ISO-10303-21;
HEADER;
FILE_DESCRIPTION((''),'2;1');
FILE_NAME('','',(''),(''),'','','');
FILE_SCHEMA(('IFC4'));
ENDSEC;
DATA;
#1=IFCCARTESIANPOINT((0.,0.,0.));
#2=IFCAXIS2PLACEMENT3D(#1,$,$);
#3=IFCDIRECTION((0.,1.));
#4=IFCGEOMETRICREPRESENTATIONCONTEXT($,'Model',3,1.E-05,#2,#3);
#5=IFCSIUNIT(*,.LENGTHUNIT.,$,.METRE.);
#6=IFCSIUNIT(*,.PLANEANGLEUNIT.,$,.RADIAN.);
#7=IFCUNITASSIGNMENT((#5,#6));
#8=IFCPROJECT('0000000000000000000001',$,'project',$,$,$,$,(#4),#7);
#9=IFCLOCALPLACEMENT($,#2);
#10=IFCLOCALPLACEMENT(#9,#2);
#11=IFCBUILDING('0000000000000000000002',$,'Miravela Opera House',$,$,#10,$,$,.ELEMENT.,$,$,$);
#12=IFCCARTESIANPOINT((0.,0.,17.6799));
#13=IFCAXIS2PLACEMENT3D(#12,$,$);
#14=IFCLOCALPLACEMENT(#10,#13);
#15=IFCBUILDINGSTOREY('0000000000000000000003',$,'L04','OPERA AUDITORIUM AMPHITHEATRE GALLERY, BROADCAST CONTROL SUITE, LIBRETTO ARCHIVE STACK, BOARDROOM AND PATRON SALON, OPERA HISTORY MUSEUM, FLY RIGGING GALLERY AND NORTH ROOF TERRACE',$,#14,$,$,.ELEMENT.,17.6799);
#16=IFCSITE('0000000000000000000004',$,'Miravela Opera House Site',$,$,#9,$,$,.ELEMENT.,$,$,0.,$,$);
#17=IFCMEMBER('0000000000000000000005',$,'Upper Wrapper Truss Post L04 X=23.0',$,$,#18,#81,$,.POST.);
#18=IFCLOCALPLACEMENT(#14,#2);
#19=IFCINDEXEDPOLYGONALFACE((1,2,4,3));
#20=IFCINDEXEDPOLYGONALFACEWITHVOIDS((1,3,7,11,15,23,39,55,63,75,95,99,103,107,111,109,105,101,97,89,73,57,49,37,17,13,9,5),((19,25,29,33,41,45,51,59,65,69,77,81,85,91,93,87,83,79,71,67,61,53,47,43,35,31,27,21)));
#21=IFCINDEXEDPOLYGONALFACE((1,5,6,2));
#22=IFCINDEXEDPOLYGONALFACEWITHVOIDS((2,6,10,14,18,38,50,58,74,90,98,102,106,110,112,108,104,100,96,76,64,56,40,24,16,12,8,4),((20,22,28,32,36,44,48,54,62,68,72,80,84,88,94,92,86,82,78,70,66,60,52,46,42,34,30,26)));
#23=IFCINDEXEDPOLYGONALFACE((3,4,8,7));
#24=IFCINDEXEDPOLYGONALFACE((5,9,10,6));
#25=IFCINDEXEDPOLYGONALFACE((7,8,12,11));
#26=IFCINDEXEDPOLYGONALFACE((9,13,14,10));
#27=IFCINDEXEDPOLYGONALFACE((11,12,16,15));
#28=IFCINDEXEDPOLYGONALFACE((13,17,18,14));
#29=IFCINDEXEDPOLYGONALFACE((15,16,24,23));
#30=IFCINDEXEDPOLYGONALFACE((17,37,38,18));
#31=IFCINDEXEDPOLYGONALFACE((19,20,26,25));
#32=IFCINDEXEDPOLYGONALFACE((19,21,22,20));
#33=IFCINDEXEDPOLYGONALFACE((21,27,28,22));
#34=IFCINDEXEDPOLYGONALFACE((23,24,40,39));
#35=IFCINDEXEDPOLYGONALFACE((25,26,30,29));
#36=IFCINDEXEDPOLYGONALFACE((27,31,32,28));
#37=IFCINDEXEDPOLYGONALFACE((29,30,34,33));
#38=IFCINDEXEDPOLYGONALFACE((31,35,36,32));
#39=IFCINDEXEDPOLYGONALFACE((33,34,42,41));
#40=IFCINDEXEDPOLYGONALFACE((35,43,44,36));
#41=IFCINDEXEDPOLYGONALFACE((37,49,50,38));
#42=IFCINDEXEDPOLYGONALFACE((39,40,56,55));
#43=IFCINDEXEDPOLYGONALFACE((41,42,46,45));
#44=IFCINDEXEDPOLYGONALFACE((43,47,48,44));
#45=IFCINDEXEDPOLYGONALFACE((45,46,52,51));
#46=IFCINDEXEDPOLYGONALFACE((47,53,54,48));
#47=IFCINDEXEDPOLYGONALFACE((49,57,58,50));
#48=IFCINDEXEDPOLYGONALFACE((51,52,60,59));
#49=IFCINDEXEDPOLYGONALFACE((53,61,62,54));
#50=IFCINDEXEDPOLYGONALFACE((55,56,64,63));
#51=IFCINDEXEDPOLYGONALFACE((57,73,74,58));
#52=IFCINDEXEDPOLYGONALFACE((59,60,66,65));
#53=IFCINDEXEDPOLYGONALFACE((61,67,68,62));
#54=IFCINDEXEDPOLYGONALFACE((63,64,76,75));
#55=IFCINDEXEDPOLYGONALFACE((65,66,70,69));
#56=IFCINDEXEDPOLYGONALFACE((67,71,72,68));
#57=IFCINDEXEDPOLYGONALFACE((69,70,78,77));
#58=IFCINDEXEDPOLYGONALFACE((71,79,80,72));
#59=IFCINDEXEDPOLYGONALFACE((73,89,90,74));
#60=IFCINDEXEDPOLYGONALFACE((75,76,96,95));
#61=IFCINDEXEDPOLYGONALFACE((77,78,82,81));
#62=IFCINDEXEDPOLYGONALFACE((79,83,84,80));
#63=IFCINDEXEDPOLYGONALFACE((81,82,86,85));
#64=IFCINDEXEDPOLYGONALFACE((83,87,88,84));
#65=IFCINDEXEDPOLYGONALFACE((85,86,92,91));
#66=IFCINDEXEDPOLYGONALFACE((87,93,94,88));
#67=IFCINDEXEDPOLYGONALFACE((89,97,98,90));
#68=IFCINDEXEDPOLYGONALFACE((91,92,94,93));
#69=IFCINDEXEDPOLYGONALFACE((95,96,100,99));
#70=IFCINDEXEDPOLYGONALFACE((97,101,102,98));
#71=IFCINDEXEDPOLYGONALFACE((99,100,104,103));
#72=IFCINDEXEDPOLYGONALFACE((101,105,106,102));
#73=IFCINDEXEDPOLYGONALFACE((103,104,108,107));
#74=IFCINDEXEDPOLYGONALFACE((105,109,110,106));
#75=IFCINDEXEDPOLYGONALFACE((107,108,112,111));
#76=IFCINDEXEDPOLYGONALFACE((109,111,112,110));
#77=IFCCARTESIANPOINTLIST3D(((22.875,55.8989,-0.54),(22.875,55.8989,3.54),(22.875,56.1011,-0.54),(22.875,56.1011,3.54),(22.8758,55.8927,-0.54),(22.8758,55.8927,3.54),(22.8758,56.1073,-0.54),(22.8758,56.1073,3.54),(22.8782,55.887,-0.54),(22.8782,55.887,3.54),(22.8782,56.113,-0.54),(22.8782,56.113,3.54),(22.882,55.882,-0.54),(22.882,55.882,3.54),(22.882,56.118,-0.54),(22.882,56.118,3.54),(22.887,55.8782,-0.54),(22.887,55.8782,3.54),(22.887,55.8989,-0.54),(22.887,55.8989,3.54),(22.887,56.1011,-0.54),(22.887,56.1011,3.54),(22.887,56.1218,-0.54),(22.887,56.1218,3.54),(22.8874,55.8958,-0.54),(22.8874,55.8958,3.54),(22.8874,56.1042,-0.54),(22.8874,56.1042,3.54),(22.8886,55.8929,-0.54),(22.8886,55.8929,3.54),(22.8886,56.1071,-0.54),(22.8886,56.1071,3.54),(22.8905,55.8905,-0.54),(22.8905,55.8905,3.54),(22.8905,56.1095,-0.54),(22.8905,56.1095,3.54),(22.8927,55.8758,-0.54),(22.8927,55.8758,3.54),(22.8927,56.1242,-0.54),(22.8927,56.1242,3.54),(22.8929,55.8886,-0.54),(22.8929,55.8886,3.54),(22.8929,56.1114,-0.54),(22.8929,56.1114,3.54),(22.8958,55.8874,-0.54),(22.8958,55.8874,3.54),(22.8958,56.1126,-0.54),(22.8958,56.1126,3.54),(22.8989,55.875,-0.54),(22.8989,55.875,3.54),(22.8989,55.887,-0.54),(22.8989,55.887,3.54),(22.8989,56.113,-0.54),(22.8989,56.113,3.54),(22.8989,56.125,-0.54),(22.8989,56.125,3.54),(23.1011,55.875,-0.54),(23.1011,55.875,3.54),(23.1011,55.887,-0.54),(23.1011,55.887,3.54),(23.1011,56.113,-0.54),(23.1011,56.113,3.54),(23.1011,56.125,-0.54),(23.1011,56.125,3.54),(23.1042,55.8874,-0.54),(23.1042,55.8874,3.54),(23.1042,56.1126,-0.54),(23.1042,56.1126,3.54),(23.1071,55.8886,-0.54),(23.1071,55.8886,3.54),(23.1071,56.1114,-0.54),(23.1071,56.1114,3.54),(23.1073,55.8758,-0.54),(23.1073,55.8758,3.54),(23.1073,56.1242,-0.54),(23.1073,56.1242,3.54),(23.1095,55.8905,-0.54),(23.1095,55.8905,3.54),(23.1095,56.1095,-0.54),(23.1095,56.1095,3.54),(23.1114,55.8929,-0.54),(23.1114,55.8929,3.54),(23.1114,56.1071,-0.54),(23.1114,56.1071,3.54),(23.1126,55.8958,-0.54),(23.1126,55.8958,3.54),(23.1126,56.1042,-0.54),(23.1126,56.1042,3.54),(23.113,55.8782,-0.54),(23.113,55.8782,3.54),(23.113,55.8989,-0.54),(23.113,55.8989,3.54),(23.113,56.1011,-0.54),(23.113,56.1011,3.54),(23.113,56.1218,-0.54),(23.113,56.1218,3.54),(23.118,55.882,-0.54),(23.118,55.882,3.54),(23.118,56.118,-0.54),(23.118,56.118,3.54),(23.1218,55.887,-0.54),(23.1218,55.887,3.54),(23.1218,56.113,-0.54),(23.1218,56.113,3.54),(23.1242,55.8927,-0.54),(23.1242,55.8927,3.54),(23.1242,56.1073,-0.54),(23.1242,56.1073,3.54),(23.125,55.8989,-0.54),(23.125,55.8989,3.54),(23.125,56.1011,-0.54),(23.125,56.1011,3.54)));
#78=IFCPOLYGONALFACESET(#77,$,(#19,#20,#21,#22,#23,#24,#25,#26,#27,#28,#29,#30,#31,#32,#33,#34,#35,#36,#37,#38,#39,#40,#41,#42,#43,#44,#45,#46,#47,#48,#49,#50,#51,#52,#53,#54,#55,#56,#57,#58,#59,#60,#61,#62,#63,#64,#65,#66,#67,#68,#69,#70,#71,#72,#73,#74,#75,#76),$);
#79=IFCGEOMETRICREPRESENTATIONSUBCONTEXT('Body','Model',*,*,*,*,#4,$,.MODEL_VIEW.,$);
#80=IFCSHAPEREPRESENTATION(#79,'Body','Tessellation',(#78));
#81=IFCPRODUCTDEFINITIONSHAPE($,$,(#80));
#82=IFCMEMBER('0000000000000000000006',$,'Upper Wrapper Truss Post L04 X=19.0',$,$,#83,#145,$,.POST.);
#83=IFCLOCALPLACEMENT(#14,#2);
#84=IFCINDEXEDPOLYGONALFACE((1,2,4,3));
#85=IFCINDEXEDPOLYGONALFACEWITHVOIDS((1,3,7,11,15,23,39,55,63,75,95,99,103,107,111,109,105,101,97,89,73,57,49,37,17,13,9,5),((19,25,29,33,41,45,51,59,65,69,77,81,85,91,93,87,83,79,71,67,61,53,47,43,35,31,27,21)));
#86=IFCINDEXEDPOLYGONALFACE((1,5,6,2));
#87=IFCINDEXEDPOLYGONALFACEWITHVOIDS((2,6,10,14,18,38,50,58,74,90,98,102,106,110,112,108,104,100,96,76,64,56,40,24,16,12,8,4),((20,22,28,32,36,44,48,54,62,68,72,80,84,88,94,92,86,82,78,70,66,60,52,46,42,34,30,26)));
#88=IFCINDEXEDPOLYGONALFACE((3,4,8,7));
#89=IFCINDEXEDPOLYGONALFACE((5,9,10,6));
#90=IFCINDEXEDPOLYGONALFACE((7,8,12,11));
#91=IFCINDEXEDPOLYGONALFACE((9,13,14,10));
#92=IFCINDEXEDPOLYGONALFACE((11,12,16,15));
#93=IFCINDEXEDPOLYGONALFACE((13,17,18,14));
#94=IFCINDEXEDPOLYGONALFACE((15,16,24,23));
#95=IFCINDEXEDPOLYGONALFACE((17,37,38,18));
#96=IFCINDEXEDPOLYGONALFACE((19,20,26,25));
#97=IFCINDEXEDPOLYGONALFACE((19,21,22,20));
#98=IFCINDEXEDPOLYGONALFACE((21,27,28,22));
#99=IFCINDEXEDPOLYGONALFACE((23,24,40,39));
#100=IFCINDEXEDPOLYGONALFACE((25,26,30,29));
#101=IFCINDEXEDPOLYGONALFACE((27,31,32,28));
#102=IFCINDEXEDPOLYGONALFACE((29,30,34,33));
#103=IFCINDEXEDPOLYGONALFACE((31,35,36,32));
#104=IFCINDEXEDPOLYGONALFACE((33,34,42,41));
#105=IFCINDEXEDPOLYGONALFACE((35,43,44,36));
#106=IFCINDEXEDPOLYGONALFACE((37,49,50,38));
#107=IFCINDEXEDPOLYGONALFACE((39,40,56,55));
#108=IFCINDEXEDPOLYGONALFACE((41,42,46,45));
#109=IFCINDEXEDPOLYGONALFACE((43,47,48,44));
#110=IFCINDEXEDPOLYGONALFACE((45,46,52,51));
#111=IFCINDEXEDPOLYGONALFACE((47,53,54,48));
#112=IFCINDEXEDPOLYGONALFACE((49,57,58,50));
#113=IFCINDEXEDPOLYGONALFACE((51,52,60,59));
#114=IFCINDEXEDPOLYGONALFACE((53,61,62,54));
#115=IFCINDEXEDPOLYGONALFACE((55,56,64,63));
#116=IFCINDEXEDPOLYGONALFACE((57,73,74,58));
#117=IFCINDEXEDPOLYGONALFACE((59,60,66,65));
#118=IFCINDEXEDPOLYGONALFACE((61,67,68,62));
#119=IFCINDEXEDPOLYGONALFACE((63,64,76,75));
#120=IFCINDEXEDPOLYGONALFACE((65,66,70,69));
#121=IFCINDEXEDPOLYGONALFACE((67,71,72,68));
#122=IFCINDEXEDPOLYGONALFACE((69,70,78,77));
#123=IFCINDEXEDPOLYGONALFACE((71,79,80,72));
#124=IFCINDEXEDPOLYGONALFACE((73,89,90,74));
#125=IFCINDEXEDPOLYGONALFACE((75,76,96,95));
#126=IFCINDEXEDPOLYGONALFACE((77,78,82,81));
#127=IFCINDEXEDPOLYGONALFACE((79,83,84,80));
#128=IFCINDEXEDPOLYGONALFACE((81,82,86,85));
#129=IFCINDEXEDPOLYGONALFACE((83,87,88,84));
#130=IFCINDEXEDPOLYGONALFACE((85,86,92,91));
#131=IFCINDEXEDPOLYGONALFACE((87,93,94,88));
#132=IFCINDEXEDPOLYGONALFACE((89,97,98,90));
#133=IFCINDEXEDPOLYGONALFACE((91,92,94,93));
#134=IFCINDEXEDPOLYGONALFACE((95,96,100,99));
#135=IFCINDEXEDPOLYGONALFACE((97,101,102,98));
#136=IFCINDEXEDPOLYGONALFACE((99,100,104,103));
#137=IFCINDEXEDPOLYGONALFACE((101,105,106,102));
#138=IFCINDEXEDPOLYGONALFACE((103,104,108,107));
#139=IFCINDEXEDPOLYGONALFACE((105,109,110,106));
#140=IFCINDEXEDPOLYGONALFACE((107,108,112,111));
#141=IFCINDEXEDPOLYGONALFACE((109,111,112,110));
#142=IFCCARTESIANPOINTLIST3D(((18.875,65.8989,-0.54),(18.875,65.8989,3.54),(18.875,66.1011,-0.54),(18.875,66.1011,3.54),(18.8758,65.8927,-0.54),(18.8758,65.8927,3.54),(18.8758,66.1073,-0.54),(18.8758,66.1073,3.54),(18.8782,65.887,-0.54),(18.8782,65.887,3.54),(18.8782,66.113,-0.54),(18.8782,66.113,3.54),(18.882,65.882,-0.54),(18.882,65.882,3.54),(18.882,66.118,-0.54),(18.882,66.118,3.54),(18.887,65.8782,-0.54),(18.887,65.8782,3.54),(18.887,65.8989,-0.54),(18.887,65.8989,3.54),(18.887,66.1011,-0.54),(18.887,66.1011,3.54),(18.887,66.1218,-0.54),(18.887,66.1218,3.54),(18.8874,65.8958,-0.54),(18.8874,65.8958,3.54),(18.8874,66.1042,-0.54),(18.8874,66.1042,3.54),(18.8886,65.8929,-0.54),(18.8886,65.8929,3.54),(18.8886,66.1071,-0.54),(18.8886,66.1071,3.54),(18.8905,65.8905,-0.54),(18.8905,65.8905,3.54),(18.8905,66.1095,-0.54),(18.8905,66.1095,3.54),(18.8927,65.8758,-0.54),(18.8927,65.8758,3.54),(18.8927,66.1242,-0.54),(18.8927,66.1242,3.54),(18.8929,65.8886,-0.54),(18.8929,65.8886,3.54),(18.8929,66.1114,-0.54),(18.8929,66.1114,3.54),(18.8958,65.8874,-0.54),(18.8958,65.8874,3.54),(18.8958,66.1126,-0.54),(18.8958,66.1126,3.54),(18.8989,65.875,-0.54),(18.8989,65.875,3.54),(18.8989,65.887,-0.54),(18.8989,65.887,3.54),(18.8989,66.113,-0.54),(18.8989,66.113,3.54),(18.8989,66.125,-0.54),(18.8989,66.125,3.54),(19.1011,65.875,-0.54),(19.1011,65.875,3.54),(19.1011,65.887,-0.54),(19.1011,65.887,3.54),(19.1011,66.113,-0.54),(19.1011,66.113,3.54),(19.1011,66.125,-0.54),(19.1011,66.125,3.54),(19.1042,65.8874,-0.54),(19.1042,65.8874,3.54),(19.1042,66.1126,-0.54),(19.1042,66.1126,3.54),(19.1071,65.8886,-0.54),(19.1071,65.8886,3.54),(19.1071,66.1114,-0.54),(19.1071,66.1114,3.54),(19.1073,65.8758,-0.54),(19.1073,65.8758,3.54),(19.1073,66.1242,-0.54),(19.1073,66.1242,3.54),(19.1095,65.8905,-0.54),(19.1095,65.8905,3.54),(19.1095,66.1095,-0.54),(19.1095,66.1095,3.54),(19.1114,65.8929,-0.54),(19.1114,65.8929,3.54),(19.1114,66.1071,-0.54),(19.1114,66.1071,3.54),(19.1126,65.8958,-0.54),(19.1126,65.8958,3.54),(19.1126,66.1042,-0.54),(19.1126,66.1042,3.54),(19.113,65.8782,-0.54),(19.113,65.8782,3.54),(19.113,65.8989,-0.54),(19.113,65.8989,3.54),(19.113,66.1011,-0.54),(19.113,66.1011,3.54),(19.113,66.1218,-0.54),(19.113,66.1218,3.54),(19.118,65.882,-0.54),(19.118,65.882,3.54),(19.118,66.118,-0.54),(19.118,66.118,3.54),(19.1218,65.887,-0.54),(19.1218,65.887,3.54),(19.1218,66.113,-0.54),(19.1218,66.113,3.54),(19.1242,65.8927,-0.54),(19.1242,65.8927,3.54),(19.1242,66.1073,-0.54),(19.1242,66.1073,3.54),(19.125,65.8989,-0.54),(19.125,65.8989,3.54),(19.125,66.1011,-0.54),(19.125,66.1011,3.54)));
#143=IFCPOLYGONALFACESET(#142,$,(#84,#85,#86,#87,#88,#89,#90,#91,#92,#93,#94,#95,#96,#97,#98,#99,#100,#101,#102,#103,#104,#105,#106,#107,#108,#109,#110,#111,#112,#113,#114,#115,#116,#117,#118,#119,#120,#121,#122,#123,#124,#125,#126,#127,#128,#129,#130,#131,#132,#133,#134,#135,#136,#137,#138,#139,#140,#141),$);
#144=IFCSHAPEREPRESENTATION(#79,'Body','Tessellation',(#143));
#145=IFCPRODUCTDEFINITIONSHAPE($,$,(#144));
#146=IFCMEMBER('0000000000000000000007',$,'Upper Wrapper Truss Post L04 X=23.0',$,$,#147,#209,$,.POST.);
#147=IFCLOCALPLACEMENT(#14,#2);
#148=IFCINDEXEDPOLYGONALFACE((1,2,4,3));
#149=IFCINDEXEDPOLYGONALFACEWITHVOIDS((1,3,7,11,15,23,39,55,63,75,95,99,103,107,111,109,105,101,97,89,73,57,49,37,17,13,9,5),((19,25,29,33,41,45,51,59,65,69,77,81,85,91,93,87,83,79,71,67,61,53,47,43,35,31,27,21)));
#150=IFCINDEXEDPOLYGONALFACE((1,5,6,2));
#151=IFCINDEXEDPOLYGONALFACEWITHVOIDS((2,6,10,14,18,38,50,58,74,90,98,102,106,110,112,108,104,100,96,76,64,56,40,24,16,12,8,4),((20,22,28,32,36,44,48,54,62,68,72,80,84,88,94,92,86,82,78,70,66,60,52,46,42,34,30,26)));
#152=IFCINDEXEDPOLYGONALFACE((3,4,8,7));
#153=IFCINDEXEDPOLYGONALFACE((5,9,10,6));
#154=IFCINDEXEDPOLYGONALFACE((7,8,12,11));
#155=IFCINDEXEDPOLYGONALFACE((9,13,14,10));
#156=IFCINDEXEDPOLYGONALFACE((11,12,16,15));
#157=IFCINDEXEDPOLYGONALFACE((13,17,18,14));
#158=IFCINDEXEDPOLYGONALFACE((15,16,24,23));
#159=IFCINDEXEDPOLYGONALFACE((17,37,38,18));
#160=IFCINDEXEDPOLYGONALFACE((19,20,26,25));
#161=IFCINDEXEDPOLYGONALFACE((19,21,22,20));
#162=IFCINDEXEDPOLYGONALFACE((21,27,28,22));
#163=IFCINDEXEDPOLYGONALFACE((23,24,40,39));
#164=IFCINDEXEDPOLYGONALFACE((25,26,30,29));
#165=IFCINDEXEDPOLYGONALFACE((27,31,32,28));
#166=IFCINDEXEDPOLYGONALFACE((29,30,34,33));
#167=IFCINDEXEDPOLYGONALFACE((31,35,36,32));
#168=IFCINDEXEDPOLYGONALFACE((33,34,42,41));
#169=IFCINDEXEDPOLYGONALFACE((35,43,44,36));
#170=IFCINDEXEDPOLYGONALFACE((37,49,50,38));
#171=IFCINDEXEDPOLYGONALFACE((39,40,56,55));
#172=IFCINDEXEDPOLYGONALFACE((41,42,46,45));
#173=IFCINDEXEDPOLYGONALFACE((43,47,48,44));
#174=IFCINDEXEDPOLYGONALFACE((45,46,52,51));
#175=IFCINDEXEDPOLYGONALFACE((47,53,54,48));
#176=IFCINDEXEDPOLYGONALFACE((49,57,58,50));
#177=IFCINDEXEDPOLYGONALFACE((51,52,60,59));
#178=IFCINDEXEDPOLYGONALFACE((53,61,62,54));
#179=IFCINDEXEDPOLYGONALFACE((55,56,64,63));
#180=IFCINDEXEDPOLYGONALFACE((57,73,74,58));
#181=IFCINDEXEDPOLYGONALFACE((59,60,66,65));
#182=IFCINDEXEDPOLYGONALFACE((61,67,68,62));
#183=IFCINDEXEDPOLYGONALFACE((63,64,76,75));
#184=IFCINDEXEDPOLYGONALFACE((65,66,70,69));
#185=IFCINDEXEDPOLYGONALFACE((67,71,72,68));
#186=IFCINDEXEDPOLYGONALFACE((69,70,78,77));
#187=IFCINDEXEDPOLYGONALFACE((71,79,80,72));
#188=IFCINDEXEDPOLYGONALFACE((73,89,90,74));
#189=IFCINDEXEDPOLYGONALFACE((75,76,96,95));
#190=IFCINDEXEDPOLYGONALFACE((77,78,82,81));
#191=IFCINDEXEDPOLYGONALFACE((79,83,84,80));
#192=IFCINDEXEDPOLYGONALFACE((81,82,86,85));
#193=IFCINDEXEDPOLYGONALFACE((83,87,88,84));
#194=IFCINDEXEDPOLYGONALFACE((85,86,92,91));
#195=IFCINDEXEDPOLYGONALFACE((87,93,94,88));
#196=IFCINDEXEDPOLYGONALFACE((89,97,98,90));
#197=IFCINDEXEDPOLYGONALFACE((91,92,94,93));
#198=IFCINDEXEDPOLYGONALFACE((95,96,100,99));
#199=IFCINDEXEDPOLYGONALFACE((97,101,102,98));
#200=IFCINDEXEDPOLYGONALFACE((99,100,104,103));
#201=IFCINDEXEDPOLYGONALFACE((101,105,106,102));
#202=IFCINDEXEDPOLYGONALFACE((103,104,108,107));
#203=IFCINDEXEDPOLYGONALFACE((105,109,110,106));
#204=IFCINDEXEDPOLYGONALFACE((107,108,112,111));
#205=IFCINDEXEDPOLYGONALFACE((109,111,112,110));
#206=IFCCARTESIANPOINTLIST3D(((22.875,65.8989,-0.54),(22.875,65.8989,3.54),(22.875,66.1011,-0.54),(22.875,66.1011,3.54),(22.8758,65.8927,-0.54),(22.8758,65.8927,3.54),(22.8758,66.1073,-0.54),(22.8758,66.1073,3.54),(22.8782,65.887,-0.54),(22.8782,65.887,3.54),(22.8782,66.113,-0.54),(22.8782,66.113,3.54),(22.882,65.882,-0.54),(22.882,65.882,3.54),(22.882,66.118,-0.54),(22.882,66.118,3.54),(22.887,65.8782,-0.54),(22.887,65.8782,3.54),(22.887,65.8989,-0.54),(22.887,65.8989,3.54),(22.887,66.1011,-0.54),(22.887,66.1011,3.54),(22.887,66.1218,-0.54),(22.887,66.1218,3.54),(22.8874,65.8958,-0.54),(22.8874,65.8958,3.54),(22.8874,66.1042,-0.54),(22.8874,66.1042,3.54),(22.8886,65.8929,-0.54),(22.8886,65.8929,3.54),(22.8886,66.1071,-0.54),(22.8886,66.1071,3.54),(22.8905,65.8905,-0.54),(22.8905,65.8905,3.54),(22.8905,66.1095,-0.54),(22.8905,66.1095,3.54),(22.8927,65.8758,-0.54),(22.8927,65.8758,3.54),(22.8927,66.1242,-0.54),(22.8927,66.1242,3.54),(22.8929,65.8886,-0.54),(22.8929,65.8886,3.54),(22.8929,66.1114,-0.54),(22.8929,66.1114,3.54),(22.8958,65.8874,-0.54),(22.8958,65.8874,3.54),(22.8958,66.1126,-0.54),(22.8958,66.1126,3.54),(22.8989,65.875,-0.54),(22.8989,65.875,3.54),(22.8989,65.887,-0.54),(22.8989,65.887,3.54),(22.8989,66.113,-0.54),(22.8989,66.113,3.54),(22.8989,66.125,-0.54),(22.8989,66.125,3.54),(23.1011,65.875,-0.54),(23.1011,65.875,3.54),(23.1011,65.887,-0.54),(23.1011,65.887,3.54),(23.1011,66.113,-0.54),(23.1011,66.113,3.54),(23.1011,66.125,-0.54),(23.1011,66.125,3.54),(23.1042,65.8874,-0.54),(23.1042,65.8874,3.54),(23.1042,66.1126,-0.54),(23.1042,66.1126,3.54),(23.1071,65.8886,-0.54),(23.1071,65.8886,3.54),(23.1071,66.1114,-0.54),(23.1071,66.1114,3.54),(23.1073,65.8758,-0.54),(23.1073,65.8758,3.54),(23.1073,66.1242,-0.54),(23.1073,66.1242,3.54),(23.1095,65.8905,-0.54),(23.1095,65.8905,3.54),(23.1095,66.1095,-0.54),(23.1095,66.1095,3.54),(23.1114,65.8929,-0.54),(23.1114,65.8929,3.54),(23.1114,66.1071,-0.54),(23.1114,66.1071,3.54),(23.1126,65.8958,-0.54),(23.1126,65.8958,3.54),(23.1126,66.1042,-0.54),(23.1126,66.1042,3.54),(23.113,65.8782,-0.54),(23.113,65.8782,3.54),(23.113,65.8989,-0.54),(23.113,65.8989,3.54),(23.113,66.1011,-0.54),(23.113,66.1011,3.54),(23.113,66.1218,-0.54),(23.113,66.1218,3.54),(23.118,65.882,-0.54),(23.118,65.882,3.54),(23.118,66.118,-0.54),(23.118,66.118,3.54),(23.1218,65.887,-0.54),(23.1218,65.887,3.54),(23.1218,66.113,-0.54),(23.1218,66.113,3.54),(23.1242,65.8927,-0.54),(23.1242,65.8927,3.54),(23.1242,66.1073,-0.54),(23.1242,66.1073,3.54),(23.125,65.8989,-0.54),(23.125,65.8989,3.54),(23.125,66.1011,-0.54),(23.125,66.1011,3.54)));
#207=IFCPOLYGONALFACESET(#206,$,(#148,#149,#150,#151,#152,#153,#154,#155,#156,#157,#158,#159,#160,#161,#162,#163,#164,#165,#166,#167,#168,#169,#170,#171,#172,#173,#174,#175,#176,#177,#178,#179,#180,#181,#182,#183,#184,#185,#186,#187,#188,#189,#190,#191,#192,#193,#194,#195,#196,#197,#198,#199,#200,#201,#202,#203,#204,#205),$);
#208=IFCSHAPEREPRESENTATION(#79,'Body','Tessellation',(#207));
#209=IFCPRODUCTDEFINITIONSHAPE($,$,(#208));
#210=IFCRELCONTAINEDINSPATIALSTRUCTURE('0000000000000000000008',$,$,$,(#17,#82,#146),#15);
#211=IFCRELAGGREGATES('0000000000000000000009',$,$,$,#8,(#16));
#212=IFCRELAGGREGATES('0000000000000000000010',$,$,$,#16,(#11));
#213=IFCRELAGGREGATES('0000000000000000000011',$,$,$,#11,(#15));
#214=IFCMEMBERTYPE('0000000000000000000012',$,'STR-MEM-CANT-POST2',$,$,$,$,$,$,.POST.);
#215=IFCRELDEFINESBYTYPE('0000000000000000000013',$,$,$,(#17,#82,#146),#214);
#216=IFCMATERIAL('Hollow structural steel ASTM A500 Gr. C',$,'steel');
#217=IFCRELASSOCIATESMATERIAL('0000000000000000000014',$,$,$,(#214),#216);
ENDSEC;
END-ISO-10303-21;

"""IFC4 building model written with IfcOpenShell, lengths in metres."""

from ifc_helpers import new_model, si_unit, direction, frame, origin, origin_2d, place, context, subcontext, project, spatial, hollow_rectangle, extrude, material, material_profile, profile_set, type_object, element, save


model = new_model("IFC4")

# Units and contexts
model_context = context("Model", 3, precision=1e-05, world=origin(), true_north=direction((0.0, 1.0)))
body_context = subcontext(model_context, "Body", "Model", "MODEL_VIEW")
ifc_project = project(units=[si_unit("LENGTHUNIT", "METRE"), si_unit("PLANEANGLEUNIT", "RADIAN")], contexts=[model_context])

# Site, building, storey
site_placement = place(None, origin())
site = spatial("IfcSite", under=ifc_project, at=site_placement, Name="Miravela Opera House Site", CompositionType="ELEMENT", RefElevation=0.0)
building_placement = place(site_placement, origin())
building = spatial("IfcBuilding", under=site, at=building_placement, Name="Miravela Opera House", CompositionType="ELEMENT")
storey_placement = place(building_placement, frame((0.0, 0.0, 17.6799)))
storey = spatial("IfcBuildingStorey", under=building, at=storey_placement, Name="L04", Description="OPERA AUDITORIUM AMPHITHEATRE GALLERY, BROADCAST CONTROL SUITE, LIBRETTO ARCHIVE STACK, BOARDROOM AND PATRON SALON, OPERA HISTORY MUSEUM, FLY RIGGING GALLERY AND NORTH ROOF TERRACE", CompositionType="ELEMENT", Elevation=17.6799)

# Members
ifc_material_1 = material(Name="Hollow structural steel ASTM A500 Gr. C", Category="steel")
ifc_material_profile_1 = material_profile(ifc_material_1, hollow_rectangle(XDim=0.25, YDim=0.25, WallThickness=0.012, InnerFilletRadius=0.012, OuterFilletRadius=0.0239, at=origin_2d()), Name="HSS250X250X12")
ifc_profile_set_1 = profile_set([ifc_material_profile_1])
member_type_1 = type_object("IfcMemberType", Name="STR-MEM-CANT-POST2", PredefinedType="POST", material=ifc_profile_set_1)
for number, where, z_axis, x_axis, name in (
    (1, (23.0, 56.0, -0.54), (0.0, 0.0, 1.0), (1.0, 0.0, 0.0), "Upper Wrapper Truss Post L04 X=23.0"),
    (2, (19.0, 66.0, -0.54), (0.0, 0.0, 1.0), (1.0, 0.0, 0.0), "Upper Wrapper Truss Post L04 X=19.0"),
    (3, (23.0, 66.0, -0.54), (0.0, 0.0, 1.0), (1.0, 0.0, 0.0), "Upper Wrapper Truss Post L04 X=23.0"),
):
    element("IfcMember", number, at=place(storey_placement, frame(where, z_axis=z_axis, x_axis=x_axis)), inside=storey, type_object=member_type_1, Name=name, PredefinedType="POST", context=body_context, shape_type="SweptSolid", body=[
        extrude(hollow_rectangle(XDim=0.25, YDim=0.25, WallThickness=0.012, InnerFilletRadius=0.012, OuterFilletRadius=0.0239, at=origin_2d()), origin(), (0.0, 0.0, 1.0), 4.0801),
    ])

save(model, "model.ifc")
